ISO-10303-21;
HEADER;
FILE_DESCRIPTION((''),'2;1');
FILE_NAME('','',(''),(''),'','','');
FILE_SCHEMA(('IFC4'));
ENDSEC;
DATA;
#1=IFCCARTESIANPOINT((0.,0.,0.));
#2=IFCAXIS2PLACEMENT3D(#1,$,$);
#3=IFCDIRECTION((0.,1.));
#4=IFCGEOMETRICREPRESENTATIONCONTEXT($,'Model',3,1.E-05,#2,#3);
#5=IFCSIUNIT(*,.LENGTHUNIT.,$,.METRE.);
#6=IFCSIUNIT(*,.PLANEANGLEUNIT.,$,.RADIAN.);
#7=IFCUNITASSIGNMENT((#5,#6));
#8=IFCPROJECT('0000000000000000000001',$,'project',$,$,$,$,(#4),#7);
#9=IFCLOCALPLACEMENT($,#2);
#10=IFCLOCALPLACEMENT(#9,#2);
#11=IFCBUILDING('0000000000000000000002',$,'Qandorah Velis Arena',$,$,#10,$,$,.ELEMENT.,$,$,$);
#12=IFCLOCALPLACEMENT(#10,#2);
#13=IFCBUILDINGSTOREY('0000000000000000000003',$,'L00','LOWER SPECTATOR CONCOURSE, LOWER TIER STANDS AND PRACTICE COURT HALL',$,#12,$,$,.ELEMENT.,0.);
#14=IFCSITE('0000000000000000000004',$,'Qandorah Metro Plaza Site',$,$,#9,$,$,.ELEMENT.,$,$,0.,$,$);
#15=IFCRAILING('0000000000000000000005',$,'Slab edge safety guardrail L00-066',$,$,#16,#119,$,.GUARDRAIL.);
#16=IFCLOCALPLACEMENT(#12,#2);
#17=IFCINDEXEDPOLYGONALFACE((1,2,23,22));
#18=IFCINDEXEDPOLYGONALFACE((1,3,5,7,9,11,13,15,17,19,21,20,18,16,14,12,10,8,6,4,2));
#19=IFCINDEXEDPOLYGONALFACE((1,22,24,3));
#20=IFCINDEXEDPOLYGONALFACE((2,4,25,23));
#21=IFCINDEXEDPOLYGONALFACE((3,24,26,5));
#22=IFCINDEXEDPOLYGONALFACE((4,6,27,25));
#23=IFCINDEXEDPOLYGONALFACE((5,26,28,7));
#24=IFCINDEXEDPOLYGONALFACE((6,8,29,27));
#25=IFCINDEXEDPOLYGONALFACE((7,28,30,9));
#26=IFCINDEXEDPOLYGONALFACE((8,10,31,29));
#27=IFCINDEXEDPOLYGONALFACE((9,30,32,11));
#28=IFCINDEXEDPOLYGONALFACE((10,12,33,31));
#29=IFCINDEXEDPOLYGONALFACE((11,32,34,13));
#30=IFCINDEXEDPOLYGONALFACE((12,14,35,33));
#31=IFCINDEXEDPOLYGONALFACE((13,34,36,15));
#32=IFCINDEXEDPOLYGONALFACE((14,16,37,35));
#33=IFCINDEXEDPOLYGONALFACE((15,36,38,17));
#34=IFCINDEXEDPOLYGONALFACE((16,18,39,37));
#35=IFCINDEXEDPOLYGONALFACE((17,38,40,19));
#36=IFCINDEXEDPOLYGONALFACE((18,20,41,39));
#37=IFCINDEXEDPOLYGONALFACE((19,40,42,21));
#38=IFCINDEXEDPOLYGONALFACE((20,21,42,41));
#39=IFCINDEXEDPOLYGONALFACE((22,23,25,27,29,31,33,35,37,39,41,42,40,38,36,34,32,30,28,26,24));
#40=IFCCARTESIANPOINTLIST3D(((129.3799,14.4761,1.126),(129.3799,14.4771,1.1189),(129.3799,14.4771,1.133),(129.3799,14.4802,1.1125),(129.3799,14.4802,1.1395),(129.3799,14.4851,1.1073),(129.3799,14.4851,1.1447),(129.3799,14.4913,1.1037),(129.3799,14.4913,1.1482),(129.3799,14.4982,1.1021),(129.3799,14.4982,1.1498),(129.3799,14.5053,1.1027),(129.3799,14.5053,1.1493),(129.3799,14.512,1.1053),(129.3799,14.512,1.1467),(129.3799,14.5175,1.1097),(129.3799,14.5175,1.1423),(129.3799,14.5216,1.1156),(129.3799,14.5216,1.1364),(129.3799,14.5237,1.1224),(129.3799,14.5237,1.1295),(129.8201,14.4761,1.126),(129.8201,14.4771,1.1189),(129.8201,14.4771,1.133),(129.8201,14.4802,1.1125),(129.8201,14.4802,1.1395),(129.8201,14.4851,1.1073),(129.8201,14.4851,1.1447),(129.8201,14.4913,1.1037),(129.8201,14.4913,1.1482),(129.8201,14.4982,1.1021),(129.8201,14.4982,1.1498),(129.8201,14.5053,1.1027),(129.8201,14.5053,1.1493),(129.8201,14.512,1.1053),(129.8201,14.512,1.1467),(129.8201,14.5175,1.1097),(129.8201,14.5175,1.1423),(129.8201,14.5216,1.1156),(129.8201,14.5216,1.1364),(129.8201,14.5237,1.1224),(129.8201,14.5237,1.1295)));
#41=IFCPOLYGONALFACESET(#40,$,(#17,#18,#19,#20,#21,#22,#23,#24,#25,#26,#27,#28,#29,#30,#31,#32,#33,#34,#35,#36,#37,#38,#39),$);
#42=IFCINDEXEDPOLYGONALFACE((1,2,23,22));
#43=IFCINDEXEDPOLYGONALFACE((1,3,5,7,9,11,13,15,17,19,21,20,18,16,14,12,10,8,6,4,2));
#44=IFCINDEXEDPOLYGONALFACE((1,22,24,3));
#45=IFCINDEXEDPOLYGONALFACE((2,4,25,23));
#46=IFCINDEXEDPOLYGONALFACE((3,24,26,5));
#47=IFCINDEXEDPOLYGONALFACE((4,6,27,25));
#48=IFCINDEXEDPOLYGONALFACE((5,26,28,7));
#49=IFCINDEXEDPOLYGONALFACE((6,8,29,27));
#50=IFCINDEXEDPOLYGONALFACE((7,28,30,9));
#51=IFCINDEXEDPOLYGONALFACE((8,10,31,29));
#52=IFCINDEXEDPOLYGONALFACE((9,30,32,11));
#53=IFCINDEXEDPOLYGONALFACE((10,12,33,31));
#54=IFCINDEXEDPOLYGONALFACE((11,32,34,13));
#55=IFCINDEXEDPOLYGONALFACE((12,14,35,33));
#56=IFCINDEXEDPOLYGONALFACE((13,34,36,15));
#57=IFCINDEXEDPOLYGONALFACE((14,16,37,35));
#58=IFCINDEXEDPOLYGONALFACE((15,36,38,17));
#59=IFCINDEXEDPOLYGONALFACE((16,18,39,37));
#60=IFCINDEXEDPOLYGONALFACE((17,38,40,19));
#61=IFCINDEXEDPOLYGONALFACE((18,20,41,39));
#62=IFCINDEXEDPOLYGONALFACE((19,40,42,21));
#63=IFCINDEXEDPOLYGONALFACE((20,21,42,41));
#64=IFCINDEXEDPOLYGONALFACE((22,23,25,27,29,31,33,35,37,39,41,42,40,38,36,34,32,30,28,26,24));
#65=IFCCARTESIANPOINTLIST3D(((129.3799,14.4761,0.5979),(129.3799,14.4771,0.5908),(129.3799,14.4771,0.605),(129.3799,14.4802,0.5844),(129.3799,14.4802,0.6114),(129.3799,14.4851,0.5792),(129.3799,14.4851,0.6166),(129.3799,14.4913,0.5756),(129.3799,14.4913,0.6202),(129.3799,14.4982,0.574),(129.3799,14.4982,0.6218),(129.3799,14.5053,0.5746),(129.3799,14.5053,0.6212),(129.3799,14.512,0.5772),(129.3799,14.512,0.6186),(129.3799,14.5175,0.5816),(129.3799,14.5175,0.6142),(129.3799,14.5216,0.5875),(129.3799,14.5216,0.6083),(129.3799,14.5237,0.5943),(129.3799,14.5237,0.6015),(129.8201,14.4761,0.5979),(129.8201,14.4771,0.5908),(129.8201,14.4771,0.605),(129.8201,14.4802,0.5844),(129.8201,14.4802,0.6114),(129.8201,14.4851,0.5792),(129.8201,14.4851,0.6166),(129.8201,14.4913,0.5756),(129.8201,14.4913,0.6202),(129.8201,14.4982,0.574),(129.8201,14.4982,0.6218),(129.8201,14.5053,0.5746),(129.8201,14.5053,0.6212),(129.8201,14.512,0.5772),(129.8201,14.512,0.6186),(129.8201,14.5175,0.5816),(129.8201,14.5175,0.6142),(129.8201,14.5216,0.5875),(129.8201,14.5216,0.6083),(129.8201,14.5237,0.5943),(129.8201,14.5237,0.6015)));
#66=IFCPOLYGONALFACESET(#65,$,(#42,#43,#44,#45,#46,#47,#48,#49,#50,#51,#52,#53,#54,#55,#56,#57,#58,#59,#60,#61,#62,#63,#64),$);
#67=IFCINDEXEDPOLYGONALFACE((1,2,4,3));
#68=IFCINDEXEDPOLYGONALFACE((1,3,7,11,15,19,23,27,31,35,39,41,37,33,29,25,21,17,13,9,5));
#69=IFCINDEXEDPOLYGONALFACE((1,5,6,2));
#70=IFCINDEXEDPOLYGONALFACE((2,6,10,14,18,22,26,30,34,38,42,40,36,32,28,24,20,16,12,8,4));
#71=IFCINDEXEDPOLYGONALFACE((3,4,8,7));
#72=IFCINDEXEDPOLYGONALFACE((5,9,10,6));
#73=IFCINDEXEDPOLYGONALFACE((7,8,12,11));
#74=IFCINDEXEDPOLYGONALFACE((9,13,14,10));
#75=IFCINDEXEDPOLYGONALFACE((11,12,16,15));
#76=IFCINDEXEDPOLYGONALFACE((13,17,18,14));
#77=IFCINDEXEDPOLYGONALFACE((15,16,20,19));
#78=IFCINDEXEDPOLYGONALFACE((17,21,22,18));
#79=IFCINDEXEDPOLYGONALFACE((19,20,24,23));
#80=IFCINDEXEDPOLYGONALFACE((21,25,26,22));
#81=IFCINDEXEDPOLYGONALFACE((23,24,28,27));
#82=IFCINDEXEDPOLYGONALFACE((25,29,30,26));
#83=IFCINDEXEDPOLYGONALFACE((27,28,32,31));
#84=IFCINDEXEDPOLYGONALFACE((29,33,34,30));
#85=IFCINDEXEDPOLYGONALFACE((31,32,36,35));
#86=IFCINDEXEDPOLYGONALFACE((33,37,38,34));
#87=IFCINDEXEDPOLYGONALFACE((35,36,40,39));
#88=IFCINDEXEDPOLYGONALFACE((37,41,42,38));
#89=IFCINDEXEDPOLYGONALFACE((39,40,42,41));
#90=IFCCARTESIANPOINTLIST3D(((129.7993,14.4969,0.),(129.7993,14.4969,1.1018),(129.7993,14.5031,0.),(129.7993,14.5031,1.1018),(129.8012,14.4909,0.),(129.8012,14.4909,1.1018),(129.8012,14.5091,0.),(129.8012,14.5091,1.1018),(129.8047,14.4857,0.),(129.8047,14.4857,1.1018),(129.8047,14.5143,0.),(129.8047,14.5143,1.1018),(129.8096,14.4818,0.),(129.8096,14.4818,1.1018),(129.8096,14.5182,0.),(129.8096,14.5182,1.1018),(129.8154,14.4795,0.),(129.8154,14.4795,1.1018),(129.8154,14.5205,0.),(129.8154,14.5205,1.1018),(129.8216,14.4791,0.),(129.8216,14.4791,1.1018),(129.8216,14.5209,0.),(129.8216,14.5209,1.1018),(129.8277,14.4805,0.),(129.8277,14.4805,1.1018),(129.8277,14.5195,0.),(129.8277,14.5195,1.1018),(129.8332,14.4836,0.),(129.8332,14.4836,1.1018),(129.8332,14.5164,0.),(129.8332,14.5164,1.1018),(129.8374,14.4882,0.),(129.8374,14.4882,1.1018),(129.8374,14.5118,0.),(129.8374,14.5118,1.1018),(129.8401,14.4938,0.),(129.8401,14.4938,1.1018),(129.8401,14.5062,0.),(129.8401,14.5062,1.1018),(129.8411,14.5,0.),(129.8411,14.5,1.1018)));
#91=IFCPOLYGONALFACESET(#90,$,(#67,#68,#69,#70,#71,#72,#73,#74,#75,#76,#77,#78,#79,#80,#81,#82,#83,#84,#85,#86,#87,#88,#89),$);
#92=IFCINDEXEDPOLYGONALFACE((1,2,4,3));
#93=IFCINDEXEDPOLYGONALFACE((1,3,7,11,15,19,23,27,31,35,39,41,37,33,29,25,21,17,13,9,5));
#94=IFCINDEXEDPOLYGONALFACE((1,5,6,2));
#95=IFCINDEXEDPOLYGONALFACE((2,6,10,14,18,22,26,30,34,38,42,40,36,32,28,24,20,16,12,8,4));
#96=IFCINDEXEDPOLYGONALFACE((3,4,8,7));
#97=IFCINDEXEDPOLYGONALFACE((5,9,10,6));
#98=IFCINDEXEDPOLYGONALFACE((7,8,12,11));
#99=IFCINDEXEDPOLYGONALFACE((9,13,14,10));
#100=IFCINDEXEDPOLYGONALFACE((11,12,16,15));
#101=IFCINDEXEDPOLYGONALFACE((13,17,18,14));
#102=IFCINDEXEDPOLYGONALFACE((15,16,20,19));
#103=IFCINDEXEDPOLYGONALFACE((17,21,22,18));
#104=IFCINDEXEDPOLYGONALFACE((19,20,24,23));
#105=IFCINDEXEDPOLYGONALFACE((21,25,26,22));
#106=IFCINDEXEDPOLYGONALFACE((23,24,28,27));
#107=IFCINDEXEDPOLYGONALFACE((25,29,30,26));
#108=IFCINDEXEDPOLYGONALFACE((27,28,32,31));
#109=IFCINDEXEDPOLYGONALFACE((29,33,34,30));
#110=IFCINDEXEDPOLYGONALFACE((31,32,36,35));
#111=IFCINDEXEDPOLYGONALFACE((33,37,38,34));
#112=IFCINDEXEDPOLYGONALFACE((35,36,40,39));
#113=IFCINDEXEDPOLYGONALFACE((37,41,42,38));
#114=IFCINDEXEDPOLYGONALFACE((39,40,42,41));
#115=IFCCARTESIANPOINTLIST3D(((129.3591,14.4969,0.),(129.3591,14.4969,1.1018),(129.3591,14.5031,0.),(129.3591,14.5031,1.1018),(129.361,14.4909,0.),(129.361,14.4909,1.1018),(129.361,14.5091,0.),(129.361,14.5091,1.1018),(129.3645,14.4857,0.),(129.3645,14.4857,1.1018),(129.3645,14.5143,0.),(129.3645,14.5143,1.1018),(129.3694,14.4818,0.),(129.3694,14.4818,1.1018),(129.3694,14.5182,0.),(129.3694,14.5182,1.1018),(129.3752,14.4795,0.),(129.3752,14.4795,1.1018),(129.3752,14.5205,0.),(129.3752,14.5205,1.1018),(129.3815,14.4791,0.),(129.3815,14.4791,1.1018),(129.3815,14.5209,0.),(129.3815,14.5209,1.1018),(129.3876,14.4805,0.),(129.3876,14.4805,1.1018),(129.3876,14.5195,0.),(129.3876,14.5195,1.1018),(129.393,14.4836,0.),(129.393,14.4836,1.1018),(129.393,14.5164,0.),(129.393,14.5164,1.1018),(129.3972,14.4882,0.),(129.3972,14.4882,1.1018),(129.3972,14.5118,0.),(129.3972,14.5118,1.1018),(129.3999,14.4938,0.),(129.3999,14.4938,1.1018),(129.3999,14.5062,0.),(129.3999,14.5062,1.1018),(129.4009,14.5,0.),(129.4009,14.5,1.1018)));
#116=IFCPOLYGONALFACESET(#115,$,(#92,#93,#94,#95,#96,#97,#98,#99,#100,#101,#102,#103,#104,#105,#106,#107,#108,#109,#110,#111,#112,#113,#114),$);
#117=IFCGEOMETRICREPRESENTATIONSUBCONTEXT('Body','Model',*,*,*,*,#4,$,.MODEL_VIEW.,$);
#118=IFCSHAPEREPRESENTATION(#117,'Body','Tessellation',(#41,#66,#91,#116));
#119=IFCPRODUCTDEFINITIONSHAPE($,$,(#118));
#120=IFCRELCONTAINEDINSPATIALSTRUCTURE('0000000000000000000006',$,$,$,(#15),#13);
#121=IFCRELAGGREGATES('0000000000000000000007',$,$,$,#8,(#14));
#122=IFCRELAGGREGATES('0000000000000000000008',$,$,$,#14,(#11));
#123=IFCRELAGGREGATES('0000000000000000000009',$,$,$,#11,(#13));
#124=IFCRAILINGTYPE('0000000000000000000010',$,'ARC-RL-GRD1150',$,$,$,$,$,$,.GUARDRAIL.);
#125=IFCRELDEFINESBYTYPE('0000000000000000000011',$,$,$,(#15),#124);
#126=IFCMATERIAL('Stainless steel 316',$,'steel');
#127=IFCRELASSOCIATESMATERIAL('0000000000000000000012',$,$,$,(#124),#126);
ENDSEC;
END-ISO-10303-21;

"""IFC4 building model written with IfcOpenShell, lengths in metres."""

from ifc_helpers import new_model, si_unit, direction, frame, origin, origin_2d, place, context, subcontext, project, spatial, circle, extrude, material, type_object, element, save


model = new_model("IFC4")

# Units and contexts
model_context = context("Model", 3, precision=1e-05, world=origin(), true_north=direction((0.0, 1.0)))
body_context = subcontext(model_context, "Body", "Model", "MODEL_VIEW")
ifc_project = project(units=[si_unit("LENGTHUNIT", "METRE"), si_unit("PLANEANGLEUNIT", "RADIAN")], contexts=[model_context])

# Site, building, storey
site_placement = place(None, origin())
site = spatial("IfcSite", under=ifc_project, at=site_placement, Name="Qandorah Metro Plaza Site", CompositionType="ELEMENT", RefElevation=0.0)
building_placement = place(site_placement, origin())
building = spatial("IfcBuilding", under=site, at=building_placement, Name="Qandorah Velis Arena", CompositionType="ELEMENT")
storey_placement = place(building_placement, origin())
storey = spatial("IfcBuildingStorey", under=building, at=storey_placement, Name="L00", Description="LOWER SPECTATOR CONCOURSE, LOWER TIER STANDS AND PRACTICE COURT HALL", CompositionType="ELEMENT", Elevation=0.0)

# Railing
ifc_material_1 = material(Name="Stainless steel 316", Category="steel")
railing_type_1 = type_object("IfcRailingType", Name="ARC-RL-GRD1150", PredefinedType="GUARDRAIL", material=ifc_material_1)
railing_1_placement = place(storey_placement, frame((129.8201, 14.5, 0.0)))
element("IfcRailing", 1, at=railing_1_placement, inside=storey, type_object=railing_type_1, Name="Slab edge safety guardrail L00-066", PredefinedType="GUARDRAIL", context=body_context, shape_type="SweptSolid", body=[
    extrude(circle(Radius=0.0239, at=origin_2d()), frame((0.0, 0.0, 1.126), z_axis=(-1.0, 0.0, 0.0), x_axis=(0.0, -1.0, 0.0)), (0.0, 0.0, 1.0), 0.4402),
    extrude(circle(Radius=0.0239, at=origin_2d()), frame((0.0, 0.0, 0.5979), z_axis=(-1.0, 0.0, 0.0), x_axis=(0.0, -1.0, 0.0)), (0.0, 0.0, 1.0), 0.4402),
    extrude(circle(Radius=0.021, at=origin_2d()), origin(), (0.0, 0.0, 1.0), 1.1018),
    extrude(circle(Radius=0.021, at=origin_2d()), frame((-0.4402, 0.0, 0.0)), (0.0, 0.0, 1.0), 1.1018),
])

save(model, "model.ifc")
